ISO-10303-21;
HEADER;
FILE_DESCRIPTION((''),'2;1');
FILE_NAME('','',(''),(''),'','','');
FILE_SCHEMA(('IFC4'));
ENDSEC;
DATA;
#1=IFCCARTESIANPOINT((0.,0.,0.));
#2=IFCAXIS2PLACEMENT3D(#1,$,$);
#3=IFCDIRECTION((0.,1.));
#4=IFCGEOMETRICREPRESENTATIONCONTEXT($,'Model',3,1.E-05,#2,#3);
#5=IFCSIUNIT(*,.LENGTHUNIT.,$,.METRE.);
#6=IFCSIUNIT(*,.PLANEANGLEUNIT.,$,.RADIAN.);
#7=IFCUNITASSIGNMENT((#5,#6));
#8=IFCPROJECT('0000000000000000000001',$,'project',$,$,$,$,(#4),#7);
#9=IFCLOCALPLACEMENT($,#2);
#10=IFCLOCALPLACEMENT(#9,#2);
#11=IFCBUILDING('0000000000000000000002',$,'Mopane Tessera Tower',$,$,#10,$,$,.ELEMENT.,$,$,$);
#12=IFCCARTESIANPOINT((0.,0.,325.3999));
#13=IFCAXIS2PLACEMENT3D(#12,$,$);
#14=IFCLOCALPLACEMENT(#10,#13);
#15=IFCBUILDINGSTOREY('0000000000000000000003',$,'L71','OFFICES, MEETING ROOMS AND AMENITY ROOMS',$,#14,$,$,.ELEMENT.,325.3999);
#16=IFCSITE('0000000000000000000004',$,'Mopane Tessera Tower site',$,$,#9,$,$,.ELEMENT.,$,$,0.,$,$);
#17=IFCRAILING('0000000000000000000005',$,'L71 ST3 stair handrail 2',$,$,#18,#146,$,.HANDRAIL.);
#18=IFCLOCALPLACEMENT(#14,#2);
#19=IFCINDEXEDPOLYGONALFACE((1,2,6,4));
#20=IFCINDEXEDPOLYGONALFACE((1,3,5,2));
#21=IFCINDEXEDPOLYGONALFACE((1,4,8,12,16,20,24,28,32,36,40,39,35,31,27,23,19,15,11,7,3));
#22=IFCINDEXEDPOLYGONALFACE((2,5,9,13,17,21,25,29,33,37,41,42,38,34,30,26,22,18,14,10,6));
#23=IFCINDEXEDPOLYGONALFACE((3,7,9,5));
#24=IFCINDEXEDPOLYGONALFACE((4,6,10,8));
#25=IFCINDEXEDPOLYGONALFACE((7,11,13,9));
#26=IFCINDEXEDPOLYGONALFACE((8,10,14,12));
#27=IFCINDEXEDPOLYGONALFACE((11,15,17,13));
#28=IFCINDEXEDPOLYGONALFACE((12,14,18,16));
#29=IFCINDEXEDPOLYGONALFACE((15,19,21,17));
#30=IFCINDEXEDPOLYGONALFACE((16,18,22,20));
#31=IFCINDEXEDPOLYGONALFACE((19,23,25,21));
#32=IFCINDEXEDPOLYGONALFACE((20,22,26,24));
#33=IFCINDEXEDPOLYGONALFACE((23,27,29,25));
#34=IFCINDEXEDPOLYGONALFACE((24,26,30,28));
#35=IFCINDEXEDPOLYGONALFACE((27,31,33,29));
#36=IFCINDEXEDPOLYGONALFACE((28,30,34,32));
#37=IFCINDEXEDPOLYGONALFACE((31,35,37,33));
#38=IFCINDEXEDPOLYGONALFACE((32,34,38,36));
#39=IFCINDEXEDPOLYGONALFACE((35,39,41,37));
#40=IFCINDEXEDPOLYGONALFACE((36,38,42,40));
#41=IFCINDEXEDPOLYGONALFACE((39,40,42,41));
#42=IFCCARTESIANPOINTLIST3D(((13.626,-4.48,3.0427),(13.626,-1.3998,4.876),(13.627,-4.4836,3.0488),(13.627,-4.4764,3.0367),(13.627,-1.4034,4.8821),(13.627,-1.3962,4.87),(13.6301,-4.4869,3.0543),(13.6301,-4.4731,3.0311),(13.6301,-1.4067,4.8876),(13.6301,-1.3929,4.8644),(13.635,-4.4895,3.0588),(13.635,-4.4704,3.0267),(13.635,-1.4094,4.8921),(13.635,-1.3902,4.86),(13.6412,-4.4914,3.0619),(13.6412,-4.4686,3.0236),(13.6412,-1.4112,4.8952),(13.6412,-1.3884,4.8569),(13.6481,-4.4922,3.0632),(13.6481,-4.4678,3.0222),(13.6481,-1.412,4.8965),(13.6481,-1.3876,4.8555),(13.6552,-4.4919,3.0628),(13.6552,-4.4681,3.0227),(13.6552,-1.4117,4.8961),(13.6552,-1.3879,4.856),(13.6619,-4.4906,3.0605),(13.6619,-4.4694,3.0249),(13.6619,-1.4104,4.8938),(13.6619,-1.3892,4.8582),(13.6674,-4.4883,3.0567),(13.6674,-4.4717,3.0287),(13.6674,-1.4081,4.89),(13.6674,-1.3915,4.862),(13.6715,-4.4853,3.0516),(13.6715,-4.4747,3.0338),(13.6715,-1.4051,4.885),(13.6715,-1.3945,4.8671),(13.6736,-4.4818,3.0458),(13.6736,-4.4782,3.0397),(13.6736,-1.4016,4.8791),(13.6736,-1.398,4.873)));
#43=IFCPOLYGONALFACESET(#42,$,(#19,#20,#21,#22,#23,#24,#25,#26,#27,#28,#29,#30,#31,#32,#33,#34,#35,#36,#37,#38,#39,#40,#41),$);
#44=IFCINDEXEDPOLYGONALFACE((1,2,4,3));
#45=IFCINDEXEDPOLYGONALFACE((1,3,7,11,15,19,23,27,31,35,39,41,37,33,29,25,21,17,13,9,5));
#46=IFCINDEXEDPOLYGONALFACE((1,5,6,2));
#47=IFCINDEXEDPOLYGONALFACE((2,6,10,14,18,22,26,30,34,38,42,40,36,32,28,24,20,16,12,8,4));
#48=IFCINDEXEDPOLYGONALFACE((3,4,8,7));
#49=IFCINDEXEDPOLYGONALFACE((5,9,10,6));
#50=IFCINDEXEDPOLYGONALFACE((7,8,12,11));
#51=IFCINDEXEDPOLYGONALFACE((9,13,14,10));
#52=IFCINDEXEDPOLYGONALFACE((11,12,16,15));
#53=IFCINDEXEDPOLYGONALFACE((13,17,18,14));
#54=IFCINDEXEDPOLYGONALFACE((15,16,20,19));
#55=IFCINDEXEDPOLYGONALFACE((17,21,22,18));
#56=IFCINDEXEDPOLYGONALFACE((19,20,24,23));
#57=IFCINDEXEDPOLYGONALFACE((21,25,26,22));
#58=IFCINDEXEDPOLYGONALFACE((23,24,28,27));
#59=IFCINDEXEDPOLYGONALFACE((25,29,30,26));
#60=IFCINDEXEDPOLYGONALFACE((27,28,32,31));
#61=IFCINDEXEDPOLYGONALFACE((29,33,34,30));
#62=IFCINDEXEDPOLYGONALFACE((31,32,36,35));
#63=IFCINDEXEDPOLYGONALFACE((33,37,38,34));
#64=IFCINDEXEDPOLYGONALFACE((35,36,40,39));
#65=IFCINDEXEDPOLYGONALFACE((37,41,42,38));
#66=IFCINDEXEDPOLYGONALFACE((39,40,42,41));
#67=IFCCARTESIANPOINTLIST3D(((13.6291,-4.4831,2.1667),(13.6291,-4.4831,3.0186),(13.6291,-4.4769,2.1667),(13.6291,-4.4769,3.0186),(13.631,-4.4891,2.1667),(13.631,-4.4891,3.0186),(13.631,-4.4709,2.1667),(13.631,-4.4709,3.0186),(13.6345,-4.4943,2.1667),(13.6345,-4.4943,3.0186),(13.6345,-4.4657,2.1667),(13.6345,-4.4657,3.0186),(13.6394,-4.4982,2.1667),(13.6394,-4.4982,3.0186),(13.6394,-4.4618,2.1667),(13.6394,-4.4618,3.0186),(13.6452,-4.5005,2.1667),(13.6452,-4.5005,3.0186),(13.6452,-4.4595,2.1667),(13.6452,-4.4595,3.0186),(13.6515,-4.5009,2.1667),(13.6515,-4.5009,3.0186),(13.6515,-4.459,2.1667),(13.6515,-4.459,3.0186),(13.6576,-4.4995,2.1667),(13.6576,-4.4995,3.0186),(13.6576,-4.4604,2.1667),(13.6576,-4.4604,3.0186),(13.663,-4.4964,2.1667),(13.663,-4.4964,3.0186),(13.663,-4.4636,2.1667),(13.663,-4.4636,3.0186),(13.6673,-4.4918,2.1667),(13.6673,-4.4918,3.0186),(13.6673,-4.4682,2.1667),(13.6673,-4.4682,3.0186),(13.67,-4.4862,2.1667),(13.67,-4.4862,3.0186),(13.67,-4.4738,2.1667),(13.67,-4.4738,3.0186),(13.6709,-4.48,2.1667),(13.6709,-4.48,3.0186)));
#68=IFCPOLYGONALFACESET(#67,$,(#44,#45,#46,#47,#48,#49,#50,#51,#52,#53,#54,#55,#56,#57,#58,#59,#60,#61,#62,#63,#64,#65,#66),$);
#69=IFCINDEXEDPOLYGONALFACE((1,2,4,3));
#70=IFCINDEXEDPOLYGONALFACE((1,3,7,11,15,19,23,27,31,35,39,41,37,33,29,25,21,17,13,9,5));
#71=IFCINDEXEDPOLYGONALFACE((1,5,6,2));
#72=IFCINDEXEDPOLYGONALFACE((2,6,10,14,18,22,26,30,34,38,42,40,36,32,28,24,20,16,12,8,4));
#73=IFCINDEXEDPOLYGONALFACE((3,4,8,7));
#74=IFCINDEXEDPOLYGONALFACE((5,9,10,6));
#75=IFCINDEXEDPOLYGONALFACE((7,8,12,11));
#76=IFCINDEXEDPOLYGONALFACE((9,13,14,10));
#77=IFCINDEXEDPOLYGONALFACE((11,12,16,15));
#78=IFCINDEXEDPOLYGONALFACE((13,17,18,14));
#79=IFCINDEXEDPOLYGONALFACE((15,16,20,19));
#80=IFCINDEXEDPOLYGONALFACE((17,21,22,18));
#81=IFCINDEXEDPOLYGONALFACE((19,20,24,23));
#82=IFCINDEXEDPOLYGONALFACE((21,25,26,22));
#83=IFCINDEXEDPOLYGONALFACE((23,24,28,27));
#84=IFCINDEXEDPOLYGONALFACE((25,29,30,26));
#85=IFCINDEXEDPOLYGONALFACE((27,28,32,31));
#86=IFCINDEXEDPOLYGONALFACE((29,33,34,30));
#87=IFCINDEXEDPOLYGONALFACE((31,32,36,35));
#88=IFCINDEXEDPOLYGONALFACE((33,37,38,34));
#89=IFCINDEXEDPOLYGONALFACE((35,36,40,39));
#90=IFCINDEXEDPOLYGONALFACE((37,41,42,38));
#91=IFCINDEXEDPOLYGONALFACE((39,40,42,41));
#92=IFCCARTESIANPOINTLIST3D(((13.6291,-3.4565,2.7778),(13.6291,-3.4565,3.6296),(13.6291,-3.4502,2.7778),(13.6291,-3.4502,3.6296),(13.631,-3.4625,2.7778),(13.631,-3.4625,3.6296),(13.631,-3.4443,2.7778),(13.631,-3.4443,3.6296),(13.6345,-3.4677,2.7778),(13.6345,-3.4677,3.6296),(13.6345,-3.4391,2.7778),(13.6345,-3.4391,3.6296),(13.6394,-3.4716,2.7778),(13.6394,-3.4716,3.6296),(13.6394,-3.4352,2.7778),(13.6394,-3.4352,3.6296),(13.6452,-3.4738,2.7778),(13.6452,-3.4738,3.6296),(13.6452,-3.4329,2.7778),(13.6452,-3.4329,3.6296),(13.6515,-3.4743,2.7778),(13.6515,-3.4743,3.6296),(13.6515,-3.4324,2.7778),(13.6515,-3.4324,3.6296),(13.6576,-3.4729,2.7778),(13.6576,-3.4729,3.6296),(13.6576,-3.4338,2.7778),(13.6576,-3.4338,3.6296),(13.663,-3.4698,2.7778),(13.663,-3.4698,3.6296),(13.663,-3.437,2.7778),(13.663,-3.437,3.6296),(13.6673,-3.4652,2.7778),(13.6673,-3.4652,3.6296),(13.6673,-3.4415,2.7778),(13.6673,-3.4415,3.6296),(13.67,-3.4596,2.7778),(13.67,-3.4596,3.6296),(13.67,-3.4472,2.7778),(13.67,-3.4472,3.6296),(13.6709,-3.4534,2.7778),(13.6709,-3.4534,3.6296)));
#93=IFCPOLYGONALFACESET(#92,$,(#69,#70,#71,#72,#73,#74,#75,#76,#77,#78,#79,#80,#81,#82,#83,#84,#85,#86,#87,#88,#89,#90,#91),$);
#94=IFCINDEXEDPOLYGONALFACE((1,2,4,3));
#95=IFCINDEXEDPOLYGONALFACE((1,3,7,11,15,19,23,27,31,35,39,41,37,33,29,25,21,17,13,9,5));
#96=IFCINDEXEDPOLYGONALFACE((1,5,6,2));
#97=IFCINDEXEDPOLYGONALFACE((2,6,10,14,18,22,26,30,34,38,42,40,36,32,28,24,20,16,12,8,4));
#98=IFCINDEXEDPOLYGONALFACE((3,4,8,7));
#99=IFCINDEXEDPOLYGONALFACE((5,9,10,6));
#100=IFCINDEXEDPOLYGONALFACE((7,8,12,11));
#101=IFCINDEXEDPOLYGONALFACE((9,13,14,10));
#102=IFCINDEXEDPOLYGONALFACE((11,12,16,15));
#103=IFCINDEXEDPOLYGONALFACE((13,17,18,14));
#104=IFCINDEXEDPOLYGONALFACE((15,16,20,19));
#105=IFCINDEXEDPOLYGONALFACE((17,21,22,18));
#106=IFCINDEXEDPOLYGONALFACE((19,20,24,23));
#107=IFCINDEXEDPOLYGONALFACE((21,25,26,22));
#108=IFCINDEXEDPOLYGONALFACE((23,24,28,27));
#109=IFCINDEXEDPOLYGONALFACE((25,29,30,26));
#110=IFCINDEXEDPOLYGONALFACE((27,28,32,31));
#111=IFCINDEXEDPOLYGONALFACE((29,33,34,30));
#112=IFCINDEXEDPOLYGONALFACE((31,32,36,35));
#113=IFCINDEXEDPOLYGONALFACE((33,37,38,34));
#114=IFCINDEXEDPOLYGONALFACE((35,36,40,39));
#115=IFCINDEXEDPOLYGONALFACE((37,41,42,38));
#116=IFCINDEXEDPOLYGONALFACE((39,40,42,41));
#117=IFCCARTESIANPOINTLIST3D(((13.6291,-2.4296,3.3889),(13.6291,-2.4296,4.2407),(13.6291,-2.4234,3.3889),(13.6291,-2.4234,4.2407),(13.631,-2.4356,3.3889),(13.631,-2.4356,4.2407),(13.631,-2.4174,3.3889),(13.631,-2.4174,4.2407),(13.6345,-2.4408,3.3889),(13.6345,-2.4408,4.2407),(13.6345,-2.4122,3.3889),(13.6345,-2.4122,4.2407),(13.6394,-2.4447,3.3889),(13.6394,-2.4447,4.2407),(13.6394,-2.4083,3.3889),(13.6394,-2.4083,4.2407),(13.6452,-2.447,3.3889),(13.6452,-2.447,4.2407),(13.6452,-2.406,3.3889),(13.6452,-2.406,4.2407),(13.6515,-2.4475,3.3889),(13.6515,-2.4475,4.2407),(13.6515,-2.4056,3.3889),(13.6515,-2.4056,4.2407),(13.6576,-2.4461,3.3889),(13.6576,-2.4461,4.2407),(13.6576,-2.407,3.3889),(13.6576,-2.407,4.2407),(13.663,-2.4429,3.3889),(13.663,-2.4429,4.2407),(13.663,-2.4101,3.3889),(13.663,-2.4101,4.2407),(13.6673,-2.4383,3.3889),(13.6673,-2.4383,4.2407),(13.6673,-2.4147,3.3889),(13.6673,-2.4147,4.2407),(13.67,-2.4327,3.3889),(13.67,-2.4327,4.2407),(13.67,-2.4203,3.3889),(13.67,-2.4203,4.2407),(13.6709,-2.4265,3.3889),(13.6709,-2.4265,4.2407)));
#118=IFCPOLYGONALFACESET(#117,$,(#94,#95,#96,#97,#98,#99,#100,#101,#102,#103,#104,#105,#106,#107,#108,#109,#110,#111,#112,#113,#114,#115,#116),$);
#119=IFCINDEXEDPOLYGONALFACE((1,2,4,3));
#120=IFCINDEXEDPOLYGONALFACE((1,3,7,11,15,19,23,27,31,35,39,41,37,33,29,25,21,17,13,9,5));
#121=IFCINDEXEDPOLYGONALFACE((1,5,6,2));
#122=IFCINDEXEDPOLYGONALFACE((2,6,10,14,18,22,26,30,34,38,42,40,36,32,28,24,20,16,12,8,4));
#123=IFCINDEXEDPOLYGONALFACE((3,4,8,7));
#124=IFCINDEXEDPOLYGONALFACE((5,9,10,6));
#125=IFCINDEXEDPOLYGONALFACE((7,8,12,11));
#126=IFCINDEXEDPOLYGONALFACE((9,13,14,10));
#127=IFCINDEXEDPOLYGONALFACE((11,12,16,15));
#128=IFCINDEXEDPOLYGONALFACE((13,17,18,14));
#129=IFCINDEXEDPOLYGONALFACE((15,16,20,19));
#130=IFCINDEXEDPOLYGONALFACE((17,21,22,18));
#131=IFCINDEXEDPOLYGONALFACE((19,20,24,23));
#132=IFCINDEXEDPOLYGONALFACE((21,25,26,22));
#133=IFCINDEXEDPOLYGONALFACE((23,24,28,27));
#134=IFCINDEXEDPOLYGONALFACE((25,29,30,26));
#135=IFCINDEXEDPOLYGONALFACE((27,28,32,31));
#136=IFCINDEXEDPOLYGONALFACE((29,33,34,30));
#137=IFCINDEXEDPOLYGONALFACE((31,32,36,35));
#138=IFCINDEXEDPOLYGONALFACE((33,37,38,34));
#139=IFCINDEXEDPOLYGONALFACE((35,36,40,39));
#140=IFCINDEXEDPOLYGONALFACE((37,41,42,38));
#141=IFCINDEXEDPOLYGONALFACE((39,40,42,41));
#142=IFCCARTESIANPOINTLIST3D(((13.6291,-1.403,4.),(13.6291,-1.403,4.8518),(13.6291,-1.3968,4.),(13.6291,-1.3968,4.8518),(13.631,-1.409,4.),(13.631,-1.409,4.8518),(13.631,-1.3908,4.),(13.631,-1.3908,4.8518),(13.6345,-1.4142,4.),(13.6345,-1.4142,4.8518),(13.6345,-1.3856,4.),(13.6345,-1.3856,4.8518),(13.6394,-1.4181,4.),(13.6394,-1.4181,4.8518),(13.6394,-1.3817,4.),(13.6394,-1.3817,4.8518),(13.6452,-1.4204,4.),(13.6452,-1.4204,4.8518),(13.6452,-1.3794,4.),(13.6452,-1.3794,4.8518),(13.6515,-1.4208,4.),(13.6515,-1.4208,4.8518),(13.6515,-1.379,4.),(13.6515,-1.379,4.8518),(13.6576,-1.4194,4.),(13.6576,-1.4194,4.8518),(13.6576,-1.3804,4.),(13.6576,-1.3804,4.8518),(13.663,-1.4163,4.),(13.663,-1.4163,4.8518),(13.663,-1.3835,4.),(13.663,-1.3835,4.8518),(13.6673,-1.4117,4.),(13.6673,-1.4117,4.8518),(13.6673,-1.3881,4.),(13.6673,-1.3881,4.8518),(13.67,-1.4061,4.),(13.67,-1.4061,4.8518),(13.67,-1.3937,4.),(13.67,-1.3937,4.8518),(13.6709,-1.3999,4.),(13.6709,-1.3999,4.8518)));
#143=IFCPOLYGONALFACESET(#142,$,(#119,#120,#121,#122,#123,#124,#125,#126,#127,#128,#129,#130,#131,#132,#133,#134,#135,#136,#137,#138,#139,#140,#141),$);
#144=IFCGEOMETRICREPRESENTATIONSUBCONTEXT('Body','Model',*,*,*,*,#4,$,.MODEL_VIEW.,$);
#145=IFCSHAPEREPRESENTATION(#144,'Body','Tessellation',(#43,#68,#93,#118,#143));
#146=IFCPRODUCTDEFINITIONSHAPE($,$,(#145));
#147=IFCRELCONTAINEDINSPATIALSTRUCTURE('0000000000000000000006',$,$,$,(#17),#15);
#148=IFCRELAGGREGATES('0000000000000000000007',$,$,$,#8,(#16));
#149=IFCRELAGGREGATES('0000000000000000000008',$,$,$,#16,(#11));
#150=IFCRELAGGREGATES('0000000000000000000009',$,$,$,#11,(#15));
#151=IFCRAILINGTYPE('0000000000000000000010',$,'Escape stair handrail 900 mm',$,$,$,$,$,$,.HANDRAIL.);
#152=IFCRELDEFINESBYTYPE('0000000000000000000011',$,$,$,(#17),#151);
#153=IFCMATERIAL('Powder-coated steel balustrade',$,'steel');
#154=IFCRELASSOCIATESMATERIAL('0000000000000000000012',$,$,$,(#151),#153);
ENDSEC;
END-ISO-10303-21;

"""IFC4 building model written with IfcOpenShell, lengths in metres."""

from ifc_helpers import new_model, si_unit, direction, frame, origin, origin_2d, place, context, subcontext, project, spatial, circle, extrude, material, type_object, element, save


model = new_model("IFC4")

# Units and contexts
model_context = context("Model", 3, precision=1e-05, world=origin(), true_north=direction((0.0, 1.0)))
body_context = subcontext(model_context, "Body", "Model", "MODEL_VIEW")
ifc_project = project(units=[si_unit("LENGTHUNIT", "METRE"), si_unit("PLANEANGLEUNIT", "RADIAN")], contexts=[model_context])

# Site, building, storey
site_placement = place(None, origin())
site = spatial("IfcSite", under=ifc_project, at=site_placement, Name="Mopane Tessera Tower site", CompositionType="ELEMENT", RefElevation=0.0)
building_placement = place(site_placement, origin())
building = spatial("IfcBuilding", under=site, at=building_placement, Name="Mopane Tessera Tower", CompositionType="ELEMENT")
storey_placement = place(building_placement, frame((0.0, 0.0, 325.3999)))
storey = spatial("IfcBuildingStorey", under=building, at=storey_placement, Name="L71", Description="OFFICES, MEETING ROOMS AND AMENITY ROOMS", CompositionType="ELEMENT", Elevation=325.3999)

# Railing
ifc_material_1 = material(Name="Powder-coated steel balustrade", Category="steel")
railing_type_1 = type_object("IfcRailingType", Name="Escape stair handrail 900 mm", PredefinedType="HANDRAIL", material=ifc_material_1)
railing_1_placement = place(storey_placement, frame((13.6499, -4.48, 2.1667)))
element("IfcRailing", 1, at=railing_1_placement, inside=storey, type_object=railing_type_1, Name="L71 ST3 stair handrail 2", PredefinedType="HANDRAIL", context=body_context, shape_type="SweptSolid", body=[
    extrude(circle(Radius=0.0239, at=origin_2d()), frame((0.0, 0.0, 0.876), z_axis=(0.0, 0.859309, 0.511458), x_axis=(-1.0, 0.0, 0.0)), (0.0, 0.0, 1.0), 3.5845),
    extrude(circle(Radius=0.021, at=origin_2d()), origin(), (0.0, 0.0, 1.0), 0.8518),
    extrude(circle(Radius=0.021, at=origin_2d()), frame((0.0, 1.0266, 0.6111)), (0.0, 0.0, 1.0), 0.8518),
    extrude(circle(Radius=0.021, at=origin_2d()), frame((0.0, 2.0535, 1.2222)), (0.0, 0.0, 1.0), 0.8518),
    extrude(circle(Radius=0.021, at=origin_2d()), frame((0.0, 3.0801, 1.8333)), (0.0, 0.0, 1.0), 0.8518),
])

save(model, "model.ifc")
